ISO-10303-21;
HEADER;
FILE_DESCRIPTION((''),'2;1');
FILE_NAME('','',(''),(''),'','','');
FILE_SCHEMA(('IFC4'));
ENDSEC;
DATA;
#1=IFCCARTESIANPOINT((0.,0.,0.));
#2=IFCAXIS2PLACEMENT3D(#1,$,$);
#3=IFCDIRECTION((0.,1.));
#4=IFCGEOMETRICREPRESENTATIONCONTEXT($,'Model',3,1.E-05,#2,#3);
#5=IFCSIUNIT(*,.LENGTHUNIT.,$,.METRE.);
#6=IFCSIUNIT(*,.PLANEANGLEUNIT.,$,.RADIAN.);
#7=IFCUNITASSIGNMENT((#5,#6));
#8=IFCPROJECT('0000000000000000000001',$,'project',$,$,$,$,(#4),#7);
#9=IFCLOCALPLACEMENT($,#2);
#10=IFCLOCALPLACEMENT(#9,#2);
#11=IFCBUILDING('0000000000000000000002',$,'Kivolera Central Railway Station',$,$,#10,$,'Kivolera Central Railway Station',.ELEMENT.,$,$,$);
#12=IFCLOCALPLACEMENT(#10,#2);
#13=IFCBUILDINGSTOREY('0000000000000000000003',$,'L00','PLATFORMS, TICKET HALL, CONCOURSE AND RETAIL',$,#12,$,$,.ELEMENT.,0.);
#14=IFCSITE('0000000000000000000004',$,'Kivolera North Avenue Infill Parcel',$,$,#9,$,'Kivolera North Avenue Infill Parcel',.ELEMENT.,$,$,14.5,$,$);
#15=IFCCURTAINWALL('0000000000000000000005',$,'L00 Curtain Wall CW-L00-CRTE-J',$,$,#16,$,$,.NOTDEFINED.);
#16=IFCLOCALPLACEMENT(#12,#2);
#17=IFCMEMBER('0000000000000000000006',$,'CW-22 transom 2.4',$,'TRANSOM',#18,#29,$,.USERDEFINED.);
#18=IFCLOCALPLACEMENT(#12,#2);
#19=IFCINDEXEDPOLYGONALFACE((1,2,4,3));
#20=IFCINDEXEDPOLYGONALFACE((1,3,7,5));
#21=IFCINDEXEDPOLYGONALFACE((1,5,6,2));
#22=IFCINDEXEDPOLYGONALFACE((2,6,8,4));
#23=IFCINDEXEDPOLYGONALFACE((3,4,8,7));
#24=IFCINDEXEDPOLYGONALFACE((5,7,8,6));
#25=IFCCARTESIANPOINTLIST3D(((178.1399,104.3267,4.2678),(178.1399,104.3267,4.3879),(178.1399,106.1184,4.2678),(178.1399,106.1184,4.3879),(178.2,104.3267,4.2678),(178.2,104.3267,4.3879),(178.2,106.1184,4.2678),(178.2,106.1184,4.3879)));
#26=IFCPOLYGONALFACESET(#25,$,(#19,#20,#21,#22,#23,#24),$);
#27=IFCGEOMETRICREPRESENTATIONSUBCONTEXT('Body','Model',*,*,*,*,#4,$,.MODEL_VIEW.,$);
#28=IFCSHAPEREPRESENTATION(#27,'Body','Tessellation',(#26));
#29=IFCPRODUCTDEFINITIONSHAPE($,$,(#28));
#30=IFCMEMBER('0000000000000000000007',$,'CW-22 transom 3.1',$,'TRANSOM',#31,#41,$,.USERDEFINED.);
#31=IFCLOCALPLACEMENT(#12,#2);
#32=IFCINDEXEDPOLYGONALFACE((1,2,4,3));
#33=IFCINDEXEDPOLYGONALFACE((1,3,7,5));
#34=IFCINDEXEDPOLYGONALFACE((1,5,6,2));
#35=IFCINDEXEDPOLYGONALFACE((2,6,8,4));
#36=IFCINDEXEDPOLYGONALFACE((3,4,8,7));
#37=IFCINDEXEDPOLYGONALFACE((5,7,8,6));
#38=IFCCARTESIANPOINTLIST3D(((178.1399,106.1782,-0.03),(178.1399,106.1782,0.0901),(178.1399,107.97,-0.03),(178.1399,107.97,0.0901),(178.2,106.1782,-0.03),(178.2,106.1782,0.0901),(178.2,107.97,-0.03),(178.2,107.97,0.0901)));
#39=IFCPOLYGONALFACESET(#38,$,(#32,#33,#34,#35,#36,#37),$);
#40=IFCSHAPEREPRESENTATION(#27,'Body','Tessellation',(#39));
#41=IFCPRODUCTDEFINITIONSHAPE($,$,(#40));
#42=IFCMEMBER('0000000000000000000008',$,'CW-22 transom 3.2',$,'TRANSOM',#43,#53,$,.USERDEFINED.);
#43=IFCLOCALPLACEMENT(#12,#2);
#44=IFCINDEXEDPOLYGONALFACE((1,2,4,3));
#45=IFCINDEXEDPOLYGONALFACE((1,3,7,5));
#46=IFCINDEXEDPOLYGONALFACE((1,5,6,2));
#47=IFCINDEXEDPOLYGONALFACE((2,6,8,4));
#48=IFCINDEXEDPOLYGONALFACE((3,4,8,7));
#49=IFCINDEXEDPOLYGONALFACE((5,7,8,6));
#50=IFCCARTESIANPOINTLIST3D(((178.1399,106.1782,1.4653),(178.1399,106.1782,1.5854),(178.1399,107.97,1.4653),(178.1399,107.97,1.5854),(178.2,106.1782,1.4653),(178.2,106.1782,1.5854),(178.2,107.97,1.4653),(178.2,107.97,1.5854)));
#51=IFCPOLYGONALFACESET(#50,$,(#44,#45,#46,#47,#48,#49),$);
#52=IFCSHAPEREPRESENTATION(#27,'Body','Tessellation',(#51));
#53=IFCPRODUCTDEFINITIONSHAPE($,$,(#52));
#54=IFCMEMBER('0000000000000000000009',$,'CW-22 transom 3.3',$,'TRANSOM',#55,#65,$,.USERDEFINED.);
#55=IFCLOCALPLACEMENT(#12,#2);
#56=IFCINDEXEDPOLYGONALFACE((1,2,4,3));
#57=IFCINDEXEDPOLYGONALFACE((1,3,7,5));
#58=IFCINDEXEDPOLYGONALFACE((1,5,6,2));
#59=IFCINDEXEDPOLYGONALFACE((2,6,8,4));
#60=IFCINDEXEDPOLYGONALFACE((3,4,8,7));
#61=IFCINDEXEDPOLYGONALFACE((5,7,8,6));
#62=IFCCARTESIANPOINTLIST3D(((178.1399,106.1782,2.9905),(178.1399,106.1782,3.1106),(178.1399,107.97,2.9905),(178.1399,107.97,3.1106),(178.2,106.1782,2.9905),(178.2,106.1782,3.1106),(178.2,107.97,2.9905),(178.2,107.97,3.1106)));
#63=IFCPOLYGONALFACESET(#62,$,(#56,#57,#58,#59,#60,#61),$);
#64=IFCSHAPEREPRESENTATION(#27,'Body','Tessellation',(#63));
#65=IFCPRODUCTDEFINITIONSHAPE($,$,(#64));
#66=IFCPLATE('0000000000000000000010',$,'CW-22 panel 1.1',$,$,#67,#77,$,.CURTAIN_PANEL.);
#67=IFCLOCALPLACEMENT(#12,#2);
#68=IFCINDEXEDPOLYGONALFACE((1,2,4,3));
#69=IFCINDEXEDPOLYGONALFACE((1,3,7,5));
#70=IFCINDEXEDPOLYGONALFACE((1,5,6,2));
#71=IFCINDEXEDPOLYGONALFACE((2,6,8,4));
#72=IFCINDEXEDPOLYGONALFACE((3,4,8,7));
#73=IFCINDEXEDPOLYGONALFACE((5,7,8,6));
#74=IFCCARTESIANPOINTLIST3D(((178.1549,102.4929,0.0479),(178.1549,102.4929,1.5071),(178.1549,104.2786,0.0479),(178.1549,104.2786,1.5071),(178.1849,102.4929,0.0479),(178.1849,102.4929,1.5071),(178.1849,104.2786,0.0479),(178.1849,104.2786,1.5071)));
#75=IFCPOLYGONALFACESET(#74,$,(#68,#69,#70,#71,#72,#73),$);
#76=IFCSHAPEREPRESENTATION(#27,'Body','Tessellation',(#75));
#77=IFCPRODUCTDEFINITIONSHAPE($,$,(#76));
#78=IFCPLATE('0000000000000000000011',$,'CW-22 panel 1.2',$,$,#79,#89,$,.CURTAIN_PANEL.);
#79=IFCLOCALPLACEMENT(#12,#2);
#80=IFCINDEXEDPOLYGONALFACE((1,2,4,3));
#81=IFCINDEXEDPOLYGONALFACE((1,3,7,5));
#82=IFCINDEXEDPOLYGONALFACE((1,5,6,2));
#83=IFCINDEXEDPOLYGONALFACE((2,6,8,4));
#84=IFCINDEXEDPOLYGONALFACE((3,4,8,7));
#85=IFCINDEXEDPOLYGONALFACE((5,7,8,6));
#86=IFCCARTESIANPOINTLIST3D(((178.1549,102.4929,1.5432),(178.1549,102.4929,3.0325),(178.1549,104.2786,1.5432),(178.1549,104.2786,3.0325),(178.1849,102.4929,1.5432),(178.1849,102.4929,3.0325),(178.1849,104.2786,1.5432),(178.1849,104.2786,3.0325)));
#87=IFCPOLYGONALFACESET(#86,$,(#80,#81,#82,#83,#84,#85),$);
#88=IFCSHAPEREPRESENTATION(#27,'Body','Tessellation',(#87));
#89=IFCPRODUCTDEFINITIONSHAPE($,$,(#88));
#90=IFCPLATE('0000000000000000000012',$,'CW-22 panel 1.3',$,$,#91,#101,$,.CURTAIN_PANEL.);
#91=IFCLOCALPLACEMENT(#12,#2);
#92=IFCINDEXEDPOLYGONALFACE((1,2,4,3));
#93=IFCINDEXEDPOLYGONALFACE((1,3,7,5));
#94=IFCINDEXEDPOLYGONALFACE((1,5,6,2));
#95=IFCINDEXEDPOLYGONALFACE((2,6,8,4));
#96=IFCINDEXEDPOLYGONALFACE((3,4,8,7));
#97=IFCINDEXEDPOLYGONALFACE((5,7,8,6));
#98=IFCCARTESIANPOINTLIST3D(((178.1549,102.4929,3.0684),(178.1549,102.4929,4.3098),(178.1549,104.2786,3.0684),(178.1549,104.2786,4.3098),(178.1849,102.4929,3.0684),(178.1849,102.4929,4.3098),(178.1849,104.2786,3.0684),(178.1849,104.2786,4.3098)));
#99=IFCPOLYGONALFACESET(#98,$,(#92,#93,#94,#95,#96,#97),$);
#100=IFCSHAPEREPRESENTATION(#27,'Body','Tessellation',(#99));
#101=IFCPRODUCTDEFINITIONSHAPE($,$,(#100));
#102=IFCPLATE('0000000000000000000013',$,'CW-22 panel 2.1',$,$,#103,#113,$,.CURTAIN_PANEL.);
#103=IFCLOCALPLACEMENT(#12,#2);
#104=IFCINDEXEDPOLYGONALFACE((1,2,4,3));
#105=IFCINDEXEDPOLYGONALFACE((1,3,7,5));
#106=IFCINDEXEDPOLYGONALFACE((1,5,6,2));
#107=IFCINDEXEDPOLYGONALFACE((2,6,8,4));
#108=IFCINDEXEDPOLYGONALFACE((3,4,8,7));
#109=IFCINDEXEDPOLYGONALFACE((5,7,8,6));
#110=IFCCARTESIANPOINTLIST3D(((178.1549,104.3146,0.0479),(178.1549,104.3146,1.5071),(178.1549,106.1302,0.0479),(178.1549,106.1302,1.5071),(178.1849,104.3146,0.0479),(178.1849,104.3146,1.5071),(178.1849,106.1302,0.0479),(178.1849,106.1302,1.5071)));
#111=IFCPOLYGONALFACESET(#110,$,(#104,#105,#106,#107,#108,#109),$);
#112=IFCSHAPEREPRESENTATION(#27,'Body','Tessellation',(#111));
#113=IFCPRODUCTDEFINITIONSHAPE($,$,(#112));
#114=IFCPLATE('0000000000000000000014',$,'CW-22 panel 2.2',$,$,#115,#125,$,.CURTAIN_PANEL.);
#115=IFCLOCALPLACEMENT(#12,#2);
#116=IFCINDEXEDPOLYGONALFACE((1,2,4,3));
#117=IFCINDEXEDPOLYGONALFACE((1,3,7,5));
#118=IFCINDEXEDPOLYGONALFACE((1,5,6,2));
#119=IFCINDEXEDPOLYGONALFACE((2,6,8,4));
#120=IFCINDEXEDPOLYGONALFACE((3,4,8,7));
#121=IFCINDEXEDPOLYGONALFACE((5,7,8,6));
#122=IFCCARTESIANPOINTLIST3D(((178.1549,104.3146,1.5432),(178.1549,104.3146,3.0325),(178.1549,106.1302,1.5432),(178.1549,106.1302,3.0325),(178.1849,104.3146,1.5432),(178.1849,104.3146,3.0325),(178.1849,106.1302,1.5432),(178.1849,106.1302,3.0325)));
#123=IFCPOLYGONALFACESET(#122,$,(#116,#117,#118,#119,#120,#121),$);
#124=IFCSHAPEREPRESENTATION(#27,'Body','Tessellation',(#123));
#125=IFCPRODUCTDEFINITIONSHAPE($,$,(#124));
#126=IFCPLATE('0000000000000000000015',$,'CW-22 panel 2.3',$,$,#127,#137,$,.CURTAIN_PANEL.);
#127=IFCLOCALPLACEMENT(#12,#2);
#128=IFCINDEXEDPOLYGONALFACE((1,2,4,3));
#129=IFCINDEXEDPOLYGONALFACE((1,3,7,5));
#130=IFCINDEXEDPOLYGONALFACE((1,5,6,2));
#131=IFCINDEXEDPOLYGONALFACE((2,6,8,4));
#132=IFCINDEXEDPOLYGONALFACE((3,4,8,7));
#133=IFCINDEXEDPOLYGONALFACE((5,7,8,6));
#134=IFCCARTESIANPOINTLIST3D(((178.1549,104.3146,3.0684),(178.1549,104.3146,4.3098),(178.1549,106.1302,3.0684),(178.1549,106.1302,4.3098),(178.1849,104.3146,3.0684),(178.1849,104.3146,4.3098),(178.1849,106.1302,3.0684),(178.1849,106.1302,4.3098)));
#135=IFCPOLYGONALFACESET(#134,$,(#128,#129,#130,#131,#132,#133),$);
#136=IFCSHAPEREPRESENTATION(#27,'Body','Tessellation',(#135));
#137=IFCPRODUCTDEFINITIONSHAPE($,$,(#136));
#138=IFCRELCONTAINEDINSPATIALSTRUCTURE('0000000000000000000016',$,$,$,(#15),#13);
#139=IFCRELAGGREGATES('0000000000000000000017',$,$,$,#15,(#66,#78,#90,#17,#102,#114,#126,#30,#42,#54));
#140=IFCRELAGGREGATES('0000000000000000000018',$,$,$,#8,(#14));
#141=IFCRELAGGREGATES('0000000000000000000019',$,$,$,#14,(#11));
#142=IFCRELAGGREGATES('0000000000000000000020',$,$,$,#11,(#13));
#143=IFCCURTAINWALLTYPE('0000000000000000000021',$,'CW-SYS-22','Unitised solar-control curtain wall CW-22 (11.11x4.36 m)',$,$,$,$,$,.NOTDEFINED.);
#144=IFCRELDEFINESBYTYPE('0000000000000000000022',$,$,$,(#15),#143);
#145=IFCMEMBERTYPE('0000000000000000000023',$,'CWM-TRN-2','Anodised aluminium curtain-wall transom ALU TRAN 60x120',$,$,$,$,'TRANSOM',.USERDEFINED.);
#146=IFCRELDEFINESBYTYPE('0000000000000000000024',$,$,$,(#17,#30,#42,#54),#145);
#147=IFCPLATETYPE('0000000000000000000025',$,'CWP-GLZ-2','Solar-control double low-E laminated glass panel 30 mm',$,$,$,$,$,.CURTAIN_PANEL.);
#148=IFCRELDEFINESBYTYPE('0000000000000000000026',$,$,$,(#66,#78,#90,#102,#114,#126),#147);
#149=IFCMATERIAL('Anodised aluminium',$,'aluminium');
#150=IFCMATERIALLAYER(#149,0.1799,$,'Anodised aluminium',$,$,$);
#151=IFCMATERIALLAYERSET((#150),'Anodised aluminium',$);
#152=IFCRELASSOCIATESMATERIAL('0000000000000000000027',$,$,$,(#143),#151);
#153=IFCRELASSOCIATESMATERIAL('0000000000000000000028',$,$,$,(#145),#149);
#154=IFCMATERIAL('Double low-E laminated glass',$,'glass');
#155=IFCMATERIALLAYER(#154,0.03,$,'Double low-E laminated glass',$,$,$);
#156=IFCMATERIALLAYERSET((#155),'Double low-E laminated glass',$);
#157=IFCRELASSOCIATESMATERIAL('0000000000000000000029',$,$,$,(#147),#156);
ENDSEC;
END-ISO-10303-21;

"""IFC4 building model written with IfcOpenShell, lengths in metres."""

from ifc_helpers import new_model, si_unit, direction, frame, origin, origin_2d, place, context, subcontext, project, spatial, rectangle, extrude, material, layer, layer_set, material_profile, profile_set, type_object, element, aggregate, save


model = new_model("IFC4")

# Units and contexts
model_context = context("Model", 3, precision=1e-05, world=origin(), true_north=direction((0.0, 1.0)))
body_context = subcontext(model_context, "Body", "Model", "MODEL_VIEW")
ifc_project = project(units=[si_unit("LENGTHUNIT", "METRE"), si_unit("PLANEANGLEUNIT", "RADIAN")], contexts=[model_context])

# Site, building, storey
site_placement = place(None, origin())
site = spatial("IfcSite", under=ifc_project, at=site_placement, Name="Kivolera North Avenue Infill Parcel", LongName="Kivolera North Avenue Infill Parcel", CompositionType="ELEMENT", RefElevation=14.5)
building_placement = place(site_placement, origin())
building = spatial("IfcBuilding", under=site, at=building_placement, Name="Kivolera Central Railway Station", LongName="Kivolera Central Railway Station", CompositionType="ELEMENT")
storey_placement = place(building_placement, origin())
storey = spatial("IfcBuildingStorey", under=building, at=storey_placement, Name="L00", Description="PLATFORMS, TICKET HALL, CONCOURSE AND RETAIL", CompositionType="ELEMENT", Elevation=0.0)

# Curtain wall, members, plates
ifc_material_1 = material(Name="Anodised aluminium", Category="aluminium")
ifc_layer_1 = layer(ifc_material_1, 0.1799, Name="Anodised aluminium")
ifc_layer_set_1 = layer_set([ifc_layer_1], Name="Anodised aluminium")
curtain_wall_type = type_object("IfcCurtainWallType", Name="CW-SYS-22", Description="Unitised solar-control curtain wall CW-22 (11.11x4.36 m)", PredefinedType="NOTDEFINED", material=ifc_layer_set_1)
curtain_wall_placement = place(storey_placement, origin())
curtain_wall = element("IfcCurtainWall", 1, at=curtain_wall_placement, inside=storey, type_object=curtain_wall_type, Name="L00 Curtain Wall CW-L00-CRTE-J", PredefinedType="NOTDEFINED")
ifc_material_profile_1 = material_profile(ifc_material_1, rectangle(XDim=0.0601, YDim=0.1201, at=origin_2d()), Name="ALU TRAN 60x120")
ifc_profile_set_1 = profile_set([ifc_material_profile_1], Name="Anodised aluminium")
member_type_1 = type_object("IfcMemberType", Name="CWM-TRN-2", Description="Anodised aluminium curtain-wall transom ALU TRAN 60x120", ElementType="TRANSOM", PredefinedType="USERDEFINED", material=ifc_profile_set_1)
member_1_placement = place(storey_placement, frame((178.1699, 104.3267, 4.3279), z_axis=(0.0, 1.0, 0.0), x_axis=(-1.0, 0.0, 0.0)))
member_1 = element("IfcMember", 2, at=member_1_placement, type_object=member_type_1, Name="CW-22 transom 2.4", ObjectType="TRANSOM", PredefinedType="USERDEFINED", context=body_context, shape_type="SweptSolid", body=[
    extrude(rectangle(XDim=0.0601, YDim=0.1201, at=origin_2d()), origin(), (0.0, 0.0, 1.0), 1.7917),
])
member_2_placement = place(storey_placement, frame((178.1699, 106.1782, 0.03), z_axis=(0.0, 1.0, 0.0), x_axis=(-1.0, 0.0, 0.0)))
member_2 = element("IfcMember", 3, at=member_2_placement, type_object=member_type_1, Name="CW-22 transom 3.1", ObjectType="TRANSOM", PredefinedType="USERDEFINED", context=body_context, shape_type="SweptSolid", body=[
    extrude(rectangle(XDim=0.0601, YDim=0.1201, at=origin_2d()), origin(), (0.0, 0.0, 1.0), 1.7917),
])
member_3_placement = place(storey_placement, frame((178.1699, 106.1782, 1.5254), z_axis=(0.0, 1.0, 0.0), x_axis=(-1.0, 0.0, 0.0)))
member_3 = element("IfcMember", 4, at=member_3_placement, type_object=member_type_1, Name="CW-22 transom 3.2", ObjectType="TRANSOM", PredefinedType="USERDEFINED", context=body_context, shape_type="SweptSolid", body=[
    extrude(rectangle(XDim=0.0601, YDim=0.1201, at=origin_2d()), origin(), (0.0, 0.0, 1.0), 1.7917),
])
member_4_placement = place(storey_placement, frame((178.1699, 106.1782, 3.0505), z_axis=(0.0, 1.0, 0.0), x_axis=(-1.0, 0.0, 0.0)))
member_4 = element("IfcMember", 5, at=member_4_placement, type_object=member_type_1, Name="CW-22 transom 3.3", ObjectType="TRANSOM", PredefinedType="USERDEFINED", context=body_context, shape_type="SweptSolid", body=[
    extrude(rectangle(XDim=0.0601, YDim=0.1201, at=origin_2d()), origin(), (0.0, 0.0, 1.0), 1.7917),
])
ifc_material_2 = material(Name="Double low-E laminated glass", Category="glass")
ifc_layer_2 = layer(ifc_material_2, 0.03, Name="Double low-E laminated glass")
ifc_layer_set_2 = layer_set([ifc_layer_2], Name="Double low-E laminated glass")
plate_type = type_object("IfcPlateType", Name="CWP-GLZ-2", Description="Solar-control double low-E laminated glass panel 30 mm", PredefinedType="CURTAIN_PANEL", material=ifc_layer_set_2)
plate_1_placement = place(storey_placement, frame((178.1699, 103.3857, 0.0479), z_axis=(0.0, 0.0, 1.0), x_axis=(0.0, 1.0, 0.0)))
plate_1 = element("IfcPlate", 6, at=plate_1_placement, type_object=plate_type, Name="CW-22 panel 1.1", PredefinedType="CURTAIN_PANEL", context=body_context, shape_type="SweptSolid", body=[
    extrude(rectangle(XDim=1.7856, YDim=0.03, at=origin_2d()), origin(), (0.0, 0.0, 1.0), 1.4592),
])
plate_2_placement = place(storey_placement, frame((178.1699, 103.3857, 1.5432), z_axis=(0.0, 0.0, 1.0), x_axis=(0.0, 1.0, 0.0)))
plate_2 = element("IfcPlate", 7, at=plate_2_placement, type_object=plate_type, Name="CW-22 panel 1.2", PredefinedType="CURTAIN_PANEL", context=body_context, shape_type="SweptSolid", body=[
    extrude(rectangle(XDim=1.7856, YDim=0.03, at=origin_2d()), origin(), (0.0, 0.0, 1.0), 1.4893),
])
plate_3_placement = place(storey_placement, frame((178.1699, 103.3857, 3.0684), z_axis=(0.0, 0.0, 1.0), x_axis=(0.0, 1.0, 0.0)))
plate_3 = element("IfcPlate", 8, at=plate_3_placement, type_object=plate_type, Name="CW-22 panel 1.3", PredefinedType="CURTAIN_PANEL", context=body_context, shape_type="SweptSolid", body=[
    extrude(rectangle(XDim=1.7856, YDim=0.03, at=origin_2d()), origin(), (0.0, 0.0, 1.0), 1.2415),
])
plate_4_placement = place(storey_placement, frame((178.1699, 105.2224, 0.0479), z_axis=(0.0, 0.0, 1.0), x_axis=(0.0, 1.0, 0.0)))
plate_4 = element("IfcPlate", 9, at=plate_4_placement, type_object=plate_type, Name="CW-22 panel 2.1", PredefinedType="CURTAIN_PANEL", context=body_context, shape_type="SweptSolid", body=[
    extrude(rectangle(XDim=1.8157, YDim=0.03, at=origin_2d()), origin(), (0.0, 0.0, 1.0), 1.4592),
])
plate_5_placement = place(storey_placement, frame((178.1699, 105.2224, 1.5432), z_axis=(0.0, 0.0, 1.0), x_axis=(0.0, 1.0, 0.0)))
plate_5 = element("IfcPlate", 10, at=plate_5_placement, type_object=plate_type, Name="CW-22 panel 2.2", PredefinedType="CURTAIN_PANEL", context=body_context, shape_type="SweptSolid", body=[
    extrude(rectangle(XDim=1.8157, YDim=0.03, at=origin_2d()), origin(), (0.0, 0.0, 1.0), 1.4893),
])
plate_6_placement = place(storey_placement, frame((178.1699, 105.2224, 3.0684), z_axis=(0.0, 0.0, 1.0), x_axis=(0.0, 1.0, 0.0)))
plate_6 = element("IfcPlate", 11, at=plate_6_placement, type_object=plate_type, Name="CW-22 panel 2.3", PredefinedType="CURTAIN_PANEL", context=body_context, shape_type="SweptSolid", body=[
    extrude(rectangle(XDim=1.8157, YDim=0.03, at=origin_2d()), origin(), (0.0, 0.0, 1.0), 1.2415),
])
aggregate(curtain_wall, [plate_1, plate_2, plate_3, member_1, plate_4, plate_5, plate_6, member_2, member_3, member_4])

save(model, "model.ifc")
